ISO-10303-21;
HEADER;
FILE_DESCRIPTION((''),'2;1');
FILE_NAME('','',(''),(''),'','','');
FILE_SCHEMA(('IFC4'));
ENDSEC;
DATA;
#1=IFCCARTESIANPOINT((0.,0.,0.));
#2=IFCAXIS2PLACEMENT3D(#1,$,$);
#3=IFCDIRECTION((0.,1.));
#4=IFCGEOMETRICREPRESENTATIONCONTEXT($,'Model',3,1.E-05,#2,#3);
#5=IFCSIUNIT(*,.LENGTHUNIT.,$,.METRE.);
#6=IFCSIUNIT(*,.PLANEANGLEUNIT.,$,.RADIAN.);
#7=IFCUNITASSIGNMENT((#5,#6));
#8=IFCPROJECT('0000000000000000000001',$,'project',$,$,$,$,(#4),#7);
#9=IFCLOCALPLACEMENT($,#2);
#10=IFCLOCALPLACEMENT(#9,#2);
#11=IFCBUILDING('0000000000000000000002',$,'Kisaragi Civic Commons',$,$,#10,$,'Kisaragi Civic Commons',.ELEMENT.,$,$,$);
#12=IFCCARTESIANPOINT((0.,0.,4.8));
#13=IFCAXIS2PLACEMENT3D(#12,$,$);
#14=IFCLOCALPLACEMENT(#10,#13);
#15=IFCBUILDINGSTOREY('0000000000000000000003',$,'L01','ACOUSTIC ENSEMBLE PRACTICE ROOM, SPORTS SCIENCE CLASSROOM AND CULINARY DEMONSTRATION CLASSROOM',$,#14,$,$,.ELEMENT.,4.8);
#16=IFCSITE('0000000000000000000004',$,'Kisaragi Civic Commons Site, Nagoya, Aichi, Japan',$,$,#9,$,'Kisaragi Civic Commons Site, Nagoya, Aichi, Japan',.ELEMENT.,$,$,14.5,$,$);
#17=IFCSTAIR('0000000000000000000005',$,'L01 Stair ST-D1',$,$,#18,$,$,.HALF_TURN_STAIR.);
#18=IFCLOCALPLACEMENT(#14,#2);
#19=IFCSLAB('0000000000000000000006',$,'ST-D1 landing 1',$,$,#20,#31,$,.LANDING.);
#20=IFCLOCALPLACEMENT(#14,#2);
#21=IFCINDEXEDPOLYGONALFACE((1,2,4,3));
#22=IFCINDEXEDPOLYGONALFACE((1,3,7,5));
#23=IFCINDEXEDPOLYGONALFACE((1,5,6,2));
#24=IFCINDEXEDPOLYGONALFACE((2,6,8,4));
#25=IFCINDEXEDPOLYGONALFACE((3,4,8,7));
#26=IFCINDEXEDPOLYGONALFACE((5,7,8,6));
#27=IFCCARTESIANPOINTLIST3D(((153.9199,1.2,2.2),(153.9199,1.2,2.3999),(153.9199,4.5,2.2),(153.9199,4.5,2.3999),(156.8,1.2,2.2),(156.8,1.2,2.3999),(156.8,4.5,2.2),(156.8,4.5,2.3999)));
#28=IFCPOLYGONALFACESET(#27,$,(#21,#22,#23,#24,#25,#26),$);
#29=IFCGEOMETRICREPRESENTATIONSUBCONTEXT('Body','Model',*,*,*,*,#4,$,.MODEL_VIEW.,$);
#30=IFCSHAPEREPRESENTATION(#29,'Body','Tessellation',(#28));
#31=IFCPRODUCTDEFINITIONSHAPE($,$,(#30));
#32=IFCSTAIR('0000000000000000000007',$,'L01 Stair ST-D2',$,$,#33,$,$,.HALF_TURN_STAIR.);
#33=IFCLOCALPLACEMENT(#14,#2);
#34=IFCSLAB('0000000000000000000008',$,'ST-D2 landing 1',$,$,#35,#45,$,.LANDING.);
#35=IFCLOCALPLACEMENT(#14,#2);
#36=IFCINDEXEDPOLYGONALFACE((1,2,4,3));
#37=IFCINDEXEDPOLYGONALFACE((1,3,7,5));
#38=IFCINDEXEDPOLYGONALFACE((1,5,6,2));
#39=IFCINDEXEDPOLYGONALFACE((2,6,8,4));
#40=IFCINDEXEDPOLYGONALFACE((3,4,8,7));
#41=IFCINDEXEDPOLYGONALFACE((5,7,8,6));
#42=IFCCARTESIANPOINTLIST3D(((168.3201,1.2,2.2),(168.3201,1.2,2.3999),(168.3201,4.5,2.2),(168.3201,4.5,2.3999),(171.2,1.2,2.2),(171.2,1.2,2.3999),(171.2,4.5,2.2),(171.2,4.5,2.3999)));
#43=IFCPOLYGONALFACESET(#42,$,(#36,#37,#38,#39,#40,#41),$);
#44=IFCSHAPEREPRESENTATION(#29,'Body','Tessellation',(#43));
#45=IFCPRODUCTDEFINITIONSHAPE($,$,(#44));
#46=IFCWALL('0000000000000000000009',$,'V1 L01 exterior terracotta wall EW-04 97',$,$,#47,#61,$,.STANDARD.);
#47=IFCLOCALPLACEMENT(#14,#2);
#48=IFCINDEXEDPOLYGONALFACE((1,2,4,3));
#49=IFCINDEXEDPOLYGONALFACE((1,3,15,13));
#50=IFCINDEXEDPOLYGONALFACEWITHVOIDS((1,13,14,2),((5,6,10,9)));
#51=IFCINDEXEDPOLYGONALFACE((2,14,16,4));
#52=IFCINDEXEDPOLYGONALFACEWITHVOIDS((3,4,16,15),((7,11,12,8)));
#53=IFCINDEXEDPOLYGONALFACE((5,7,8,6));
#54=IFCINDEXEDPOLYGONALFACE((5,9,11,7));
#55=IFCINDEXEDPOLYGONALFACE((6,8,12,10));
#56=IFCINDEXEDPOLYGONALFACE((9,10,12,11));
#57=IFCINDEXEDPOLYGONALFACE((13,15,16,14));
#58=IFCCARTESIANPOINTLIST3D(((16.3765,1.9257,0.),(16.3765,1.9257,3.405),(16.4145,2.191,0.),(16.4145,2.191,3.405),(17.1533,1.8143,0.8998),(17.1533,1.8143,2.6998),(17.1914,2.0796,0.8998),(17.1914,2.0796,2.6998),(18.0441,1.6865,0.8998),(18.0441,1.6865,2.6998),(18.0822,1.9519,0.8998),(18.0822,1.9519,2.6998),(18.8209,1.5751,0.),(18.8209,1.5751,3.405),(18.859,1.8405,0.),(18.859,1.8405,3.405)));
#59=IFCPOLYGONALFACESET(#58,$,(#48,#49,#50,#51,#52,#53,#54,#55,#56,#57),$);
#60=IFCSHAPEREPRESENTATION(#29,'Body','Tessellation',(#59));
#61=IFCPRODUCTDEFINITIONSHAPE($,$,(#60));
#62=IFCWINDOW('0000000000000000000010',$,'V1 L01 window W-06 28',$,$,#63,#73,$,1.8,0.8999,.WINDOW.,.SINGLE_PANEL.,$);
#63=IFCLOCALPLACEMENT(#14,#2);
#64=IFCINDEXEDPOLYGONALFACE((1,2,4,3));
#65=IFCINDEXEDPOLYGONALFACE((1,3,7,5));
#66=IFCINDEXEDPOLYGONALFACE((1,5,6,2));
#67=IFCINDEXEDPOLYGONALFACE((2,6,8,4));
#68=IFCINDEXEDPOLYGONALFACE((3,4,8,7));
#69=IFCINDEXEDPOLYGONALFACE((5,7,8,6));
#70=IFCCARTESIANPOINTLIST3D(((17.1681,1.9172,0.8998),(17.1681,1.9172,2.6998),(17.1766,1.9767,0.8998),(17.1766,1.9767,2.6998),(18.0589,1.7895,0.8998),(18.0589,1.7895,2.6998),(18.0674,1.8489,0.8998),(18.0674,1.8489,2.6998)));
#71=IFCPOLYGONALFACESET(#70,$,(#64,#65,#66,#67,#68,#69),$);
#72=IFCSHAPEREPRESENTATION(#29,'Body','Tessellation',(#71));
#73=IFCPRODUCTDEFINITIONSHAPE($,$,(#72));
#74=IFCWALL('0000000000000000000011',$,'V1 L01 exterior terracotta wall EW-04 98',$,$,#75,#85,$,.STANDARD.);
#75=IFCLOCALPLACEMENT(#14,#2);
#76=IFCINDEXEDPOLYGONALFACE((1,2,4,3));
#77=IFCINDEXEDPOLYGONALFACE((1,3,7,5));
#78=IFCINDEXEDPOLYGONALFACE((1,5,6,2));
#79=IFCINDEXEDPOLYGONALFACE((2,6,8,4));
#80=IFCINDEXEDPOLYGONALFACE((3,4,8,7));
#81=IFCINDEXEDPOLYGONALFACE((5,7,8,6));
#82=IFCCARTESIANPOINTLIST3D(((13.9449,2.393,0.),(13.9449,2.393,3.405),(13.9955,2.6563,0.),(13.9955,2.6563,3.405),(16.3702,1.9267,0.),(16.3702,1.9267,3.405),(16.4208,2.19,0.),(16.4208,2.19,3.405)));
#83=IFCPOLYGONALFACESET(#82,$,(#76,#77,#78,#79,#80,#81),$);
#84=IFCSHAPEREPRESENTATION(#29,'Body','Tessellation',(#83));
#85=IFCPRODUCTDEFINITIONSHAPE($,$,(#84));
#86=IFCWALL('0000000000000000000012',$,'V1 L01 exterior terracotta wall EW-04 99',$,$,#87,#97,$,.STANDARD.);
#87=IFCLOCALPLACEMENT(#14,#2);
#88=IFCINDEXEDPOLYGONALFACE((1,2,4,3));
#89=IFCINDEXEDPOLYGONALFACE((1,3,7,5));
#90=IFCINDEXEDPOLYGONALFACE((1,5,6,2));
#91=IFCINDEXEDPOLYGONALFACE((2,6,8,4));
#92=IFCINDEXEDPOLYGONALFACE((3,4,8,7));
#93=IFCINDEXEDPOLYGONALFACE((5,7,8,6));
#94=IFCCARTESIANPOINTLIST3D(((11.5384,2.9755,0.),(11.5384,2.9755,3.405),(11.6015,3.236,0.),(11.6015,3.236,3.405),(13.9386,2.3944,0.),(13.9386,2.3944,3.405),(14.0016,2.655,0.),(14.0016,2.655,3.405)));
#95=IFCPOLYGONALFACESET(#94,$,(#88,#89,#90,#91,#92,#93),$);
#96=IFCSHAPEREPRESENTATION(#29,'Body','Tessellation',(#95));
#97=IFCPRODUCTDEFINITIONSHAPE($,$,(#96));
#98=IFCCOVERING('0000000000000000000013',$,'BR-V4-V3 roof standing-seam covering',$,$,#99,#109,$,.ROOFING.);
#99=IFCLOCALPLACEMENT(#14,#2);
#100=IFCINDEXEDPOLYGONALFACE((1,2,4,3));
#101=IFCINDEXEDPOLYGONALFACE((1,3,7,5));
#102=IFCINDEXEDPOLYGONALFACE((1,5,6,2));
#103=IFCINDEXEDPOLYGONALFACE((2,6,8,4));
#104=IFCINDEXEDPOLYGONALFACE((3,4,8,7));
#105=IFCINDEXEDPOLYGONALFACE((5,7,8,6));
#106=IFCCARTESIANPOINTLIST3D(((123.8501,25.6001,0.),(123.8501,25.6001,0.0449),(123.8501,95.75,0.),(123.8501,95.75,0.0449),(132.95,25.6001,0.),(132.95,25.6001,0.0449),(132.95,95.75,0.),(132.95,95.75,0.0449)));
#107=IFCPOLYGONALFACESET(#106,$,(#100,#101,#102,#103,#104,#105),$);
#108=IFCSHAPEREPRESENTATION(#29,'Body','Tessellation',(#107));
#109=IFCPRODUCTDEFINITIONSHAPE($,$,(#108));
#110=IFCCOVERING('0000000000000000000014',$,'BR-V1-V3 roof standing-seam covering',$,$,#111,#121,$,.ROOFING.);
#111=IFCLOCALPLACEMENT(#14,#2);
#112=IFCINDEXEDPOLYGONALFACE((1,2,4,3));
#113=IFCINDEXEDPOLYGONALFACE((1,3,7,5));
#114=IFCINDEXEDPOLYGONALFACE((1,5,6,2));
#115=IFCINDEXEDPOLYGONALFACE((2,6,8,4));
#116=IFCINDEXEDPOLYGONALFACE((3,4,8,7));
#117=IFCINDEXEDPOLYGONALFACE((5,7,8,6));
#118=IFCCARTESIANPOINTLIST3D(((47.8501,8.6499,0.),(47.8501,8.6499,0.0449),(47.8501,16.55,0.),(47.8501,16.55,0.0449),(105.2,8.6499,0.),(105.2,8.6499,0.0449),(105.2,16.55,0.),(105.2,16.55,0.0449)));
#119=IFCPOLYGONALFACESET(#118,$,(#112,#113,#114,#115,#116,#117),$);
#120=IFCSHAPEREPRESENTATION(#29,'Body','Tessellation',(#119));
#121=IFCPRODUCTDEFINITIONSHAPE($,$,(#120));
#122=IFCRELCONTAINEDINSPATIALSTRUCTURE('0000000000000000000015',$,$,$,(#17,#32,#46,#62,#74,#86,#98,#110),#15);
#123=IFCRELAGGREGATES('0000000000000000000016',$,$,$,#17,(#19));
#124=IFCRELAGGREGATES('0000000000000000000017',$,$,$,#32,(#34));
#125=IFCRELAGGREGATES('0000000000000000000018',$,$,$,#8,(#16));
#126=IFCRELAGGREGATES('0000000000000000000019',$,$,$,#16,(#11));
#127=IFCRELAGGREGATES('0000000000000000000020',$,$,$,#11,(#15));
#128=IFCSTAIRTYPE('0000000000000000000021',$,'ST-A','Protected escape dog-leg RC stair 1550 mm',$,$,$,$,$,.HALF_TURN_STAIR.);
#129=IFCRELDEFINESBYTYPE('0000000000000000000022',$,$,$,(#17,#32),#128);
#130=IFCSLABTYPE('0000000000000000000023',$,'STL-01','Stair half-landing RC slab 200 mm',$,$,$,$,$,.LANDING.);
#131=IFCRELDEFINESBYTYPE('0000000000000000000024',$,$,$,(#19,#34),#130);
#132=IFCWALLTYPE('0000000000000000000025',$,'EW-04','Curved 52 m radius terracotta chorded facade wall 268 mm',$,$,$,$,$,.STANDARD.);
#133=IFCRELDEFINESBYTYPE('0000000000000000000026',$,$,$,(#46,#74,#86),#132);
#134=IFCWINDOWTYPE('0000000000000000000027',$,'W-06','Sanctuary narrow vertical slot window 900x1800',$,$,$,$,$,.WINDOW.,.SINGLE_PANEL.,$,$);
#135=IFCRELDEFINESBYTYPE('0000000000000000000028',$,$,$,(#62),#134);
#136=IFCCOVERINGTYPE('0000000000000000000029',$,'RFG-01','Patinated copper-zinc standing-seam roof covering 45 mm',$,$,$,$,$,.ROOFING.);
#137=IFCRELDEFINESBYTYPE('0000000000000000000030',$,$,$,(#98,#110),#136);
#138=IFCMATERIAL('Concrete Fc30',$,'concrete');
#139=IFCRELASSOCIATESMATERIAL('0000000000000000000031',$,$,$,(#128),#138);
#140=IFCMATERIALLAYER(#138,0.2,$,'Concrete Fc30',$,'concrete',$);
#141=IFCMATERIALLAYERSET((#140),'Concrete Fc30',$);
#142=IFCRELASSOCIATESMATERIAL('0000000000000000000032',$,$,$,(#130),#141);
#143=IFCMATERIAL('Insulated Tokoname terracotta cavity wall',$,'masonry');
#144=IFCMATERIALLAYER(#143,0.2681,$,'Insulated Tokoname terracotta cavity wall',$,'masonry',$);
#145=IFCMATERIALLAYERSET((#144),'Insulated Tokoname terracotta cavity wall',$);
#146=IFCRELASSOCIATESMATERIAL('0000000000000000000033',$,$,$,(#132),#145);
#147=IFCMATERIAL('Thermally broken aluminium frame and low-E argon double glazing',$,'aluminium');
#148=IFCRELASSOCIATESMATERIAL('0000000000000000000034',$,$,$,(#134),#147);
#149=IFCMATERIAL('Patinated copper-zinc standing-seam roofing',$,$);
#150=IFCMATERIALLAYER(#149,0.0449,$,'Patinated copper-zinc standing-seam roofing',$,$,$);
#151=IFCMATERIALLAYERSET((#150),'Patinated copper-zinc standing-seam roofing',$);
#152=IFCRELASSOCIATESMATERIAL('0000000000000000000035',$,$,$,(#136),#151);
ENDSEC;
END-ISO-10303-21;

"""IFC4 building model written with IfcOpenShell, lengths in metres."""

from ifc_helpers import new_model, si_unit, direction, frame, frame_2d, origin, place, context, subcontext, project, spatial, polyline, rectangle, outline, extrude, material, layer, layer_set, type_object, element, fill, aggregate, save


model = new_model("IFC4")

# Units and contexts
model_context = context("Model", 3, precision=1e-05, world=origin(), true_north=direction((0.0, 1.0)))
body_context = subcontext(model_context, "Body", "Model", "MODEL_VIEW")
ifc_project = project(units=[si_unit("LENGTHUNIT", "METRE"), si_unit("PLANEANGLEUNIT", "RADIAN")], contexts=[model_context])

# Site, building, storey
site_placement = place(None, origin())
site = spatial("IfcSite", under=ifc_project, at=site_placement, Name="Kisaragi Civic Commons Site, Nagoya, Aichi, Japan", LongName="Kisaragi Civic Commons Site, Nagoya, Aichi, Japan", CompositionType="ELEMENT", RefElevation=14.5)
building_placement = place(site_placement, origin())
building = spatial("IfcBuilding", under=site, at=building_placement, Name="Kisaragi Civic Commons", LongName="Kisaragi Civic Commons", CompositionType="ELEMENT")
storey_placement = place(building_placement, frame((0.0, 0.0, 4.8)))
storey = spatial("IfcBuildingStorey", under=building, at=storey_placement, Name="L01", Description="ACOUSTIC ENSEMBLE PRACTICE ROOM, SPORTS SCIENCE CLASSROOM AND CULINARY DEMONSTRATION CLASSROOM", CompositionType="ELEMENT", Elevation=4.8)

# Shared definitions
ifc_material_1 = material(Name="Concrete Fc30", Category="concrete")

# Stairs, slabs
stair_type_1 = type_object("IfcStairType", Name="ST-A", Description="Protected escape dog-leg RC stair 1550 mm", PredefinedType="HALF_TURN_STAIR", material=ifc_material_1)
ifc_layer_1 = layer(ifc_material_1, 0.2, Name="Concrete Fc30", Category="concrete")
ifc_layer_set_1 = layer_set([ifc_layer_1], Name="Concrete Fc30")
slab_type_1 = type_object("IfcSlabType", Name="STL-01", Description="Stair half-landing RC slab 200 mm", PredefinedType="LANDING", material=ifc_layer_set_1)
stair_1_placement = place(storey_placement, origin())
stair_1 = element("IfcStair", 1, at=stair_1_placement, inside=storey, type_object=stair_type_1, Name="L01 Stair ST-D1", PredefinedType="HALF_TURN_STAIR")
slab_1_placement = place(storey_placement, frame((0.0, 0.0, 2.2)))
slab_1 = element("IfcSlab", 2, at=slab_1_placement, type_object=slab_type_1, Name="ST-D1 landing 1", PredefinedType="LANDING", context=body_context, shape_type="SweptSolid", body=[
    extrude(outline(polyline([(153.9199, 1.2), (156.8, 1.2), (156.8, 4.5), (153.9199, 4.5), (153.9199, 1.2)])), origin(), (0.0, 0.0, 1.0), 0.2),
])
aggregate(stair_1, [slab_1])
stair_2_placement = place(storey_placement, origin())
stair_2 = element("IfcStair", 3, at=stair_2_placement, inside=storey, type_object=stair_type_1, Name="L01 Stair ST-D2", PredefinedType="HALF_TURN_STAIR")
slab_2_placement = place(storey_placement, frame((0.0, 0.0, 2.2)))
slab_2 = element("IfcSlab", 4, at=slab_2_placement, type_object=slab_type_1, Name="ST-D2 landing 1", PredefinedType="LANDING", context=body_context, shape_type="SweptSolid", body=[
    extrude(outline(polyline([(168.3201, 1.2), (171.2, 1.2), (171.2, 4.5), (168.3201, 4.5), (168.3201, 1.2)])), origin(), (0.0, 0.0, 1.0), 0.2),
])
aggregate(stair_2, [slab_2])

# Wall, opening, window
ifc_material_2 = material(Name="Insulated Tokoname terracotta cavity wall", Category="masonry")
ifc_layer_2 = layer(ifc_material_2, 0.2681, Name="Insulated Tokoname terracotta cavity wall", Category="masonry")
ifc_layer_set_2 = layer_set([ifc_layer_2], Name="Insulated Tokoname terracotta cavity wall")
wall_type = type_object("IfcWallType", Name="EW-04", Description="Curved 52 m radius terracotta chorded facade wall 268 mm", PredefinedType="STANDARD", material=ifc_layer_set_2)
wall_1_placement = place(storey_placement, frame((18.8401, 1.7078, 0.0), z_axis=(0.0, 0.0, 1.0), x_axis=(-0.989872, 0.141961, 0.0)))
wall_1 = element("IfcWall", 5, at=wall_1_placement, inside=storey, type_object=wall_type, Name="V1 L01 exterior terracotta wall EW-04 97", PredefinedType="STANDARD", context=body_context, shape_type="SweptSolid", body=[
    extrude(rectangle(XDim=2.4695, YDim=0.2681, at=frame_2d((1.2349, 0.0))), origin(), (0.0, 0.0, 1.0), 3.405),
])
opening_placement = place(wall_1_placement, frame((0.7849, 0.0, 0.8999)))
opening = element("IfcOpeningElement", 6, at=opening_placement, cuts=wall_1, PredefinedType="OPENING", context=body_context, shape_type="SweptSolid", body=[
    extrude(rectangle(XDim=0.8999, YDim=1.8, at=frame_2d((0.45, 0.8999))), frame((0.0, 0.144, 0.0), z_axis=(0.0, -1.0, 0.0), x_axis=(1.0, 0.0, 0.0)), (0.0, 0.0, 1.0), 0.2881),
])
ifc_material_3 = material(Name="Thermally broken aluminium frame and low-E argon double glazing", Category="aluminium")
window_type = type_object("IfcWindowType", Name="W-06", Description="Sanctuary narrow vertical slot window 900x1800", PartitioningType="SINGLE_PANEL", PredefinedType="WINDOW", material=ifc_material_3)
window_placement = place(opening_placement, origin())
window = element("IfcWindow", 7, at=window_placement, inside=storey, type_object=window_type, Name="V1 L01 window W-06 28", OverallHeight=1.8, OverallWidth=0.8999, PartitioningType="SINGLE_PANEL", PredefinedType="WINDOW", context=body_context, shape_type="SweptSolid", body=[
    extrude(rectangle(XDim=0.8999, YDim=1.8, at=frame_2d((0.45, 0.8999))), frame((0.0, 0.03, 0.0), z_axis=(0.0, -1.0, 0.0), x_axis=(1.0, 0.0, 0.0)), (0.0, 0.0, 1.0), 0.0601),
])
fill(opening, window)

# Walls
wall_2_placement = place(storey_placement, frame((16.3955, 2.0583, 0.0), z_axis=(0.0, 0.0, 1.0), x_axis=(-0.982013, 0.188811, 0.0)))
element("IfcWall", 8, at=wall_2_placement, inside=storey, type_object=wall_type, Name="V1 L01 exterior terracotta wall EW-04 98", PredefinedType="STANDARD", context=body_context, shape_type="SweptSolid", body=[
    extrude(rectangle(XDim=2.4697, YDim=0.2681, at=frame_2d((1.2349, 0.0))), origin(), (0.0, 0.0, 1.0), 3.405),
])
wall_3_placement = place(storey_placement, frame((13.9702, 2.5247, 0.0), z_axis=(0.0, 0.0, 1.0), x_axis=(-0.971924, 0.235294, 0.0)))
element("IfcWall", 9, at=wall_3_placement, inside=storey, type_object=wall_type, Name="V1 L01 exterior terracotta wall EW-04 99", PredefinedType="STANDARD", context=body_context, shape_type="SweptSolid", body=[
    extrude(rectangle(XDim=2.4695, YDim=0.2681, at=frame_2d((1.2349, 0.0))), origin(), (0.0, 0.0, 1.0), 3.405),
])

# Coverings
ifc_material_4 = material(Name="Patinated copper-zinc standing-seam roofing")
ifc_layer_3 = layer(ifc_material_4, 0.0449, Name="Patinated copper-zinc standing-seam roofing")
ifc_layer_set_3 = layer_set([ifc_layer_3], Name="Patinated copper-zinc standing-seam roofing")
covering_type = type_object("IfcCoveringType", Name="RFG-01", Description="Patinated copper-zinc standing-seam roof covering 45 mm", PredefinedType="ROOFING", material=ifc_layer_set_3)
covering_1_placement = place(storey_placement, origin())
element("IfcCovering", 10, at=covering_1_placement, inside=storey, type_object=covering_type, Name="BR-V4-V3 roof standing-seam covering", PredefinedType="ROOFING", context=body_context, shape_type="SweptSolid", body=[
    extrude(outline(polyline([(123.8501, 25.6001), (132.95, 25.6001), (132.95, 95.75), (123.8501, 95.75), (123.8501, 25.6001)])), origin(), (0.0, 0.0, 1.0), 0.0449),
])
covering_2_placement = place(storey_placement, origin())
element("IfcCovering", 11, at=covering_2_placement, inside=storey, type_object=covering_type, Name="BR-V1-V3 roof standing-seam covering", PredefinedType="ROOFING", context=body_context, shape_type="SweptSolid", body=[
    extrude(outline(polyline([(47.8501, 8.6499), (105.2, 8.6499), (105.2, 16.55), (47.8501, 16.55), (47.8501, 8.6499)])), origin(), (0.0, 0.0, 1.0), 0.0449),
])

save(model, "model.ifc")
